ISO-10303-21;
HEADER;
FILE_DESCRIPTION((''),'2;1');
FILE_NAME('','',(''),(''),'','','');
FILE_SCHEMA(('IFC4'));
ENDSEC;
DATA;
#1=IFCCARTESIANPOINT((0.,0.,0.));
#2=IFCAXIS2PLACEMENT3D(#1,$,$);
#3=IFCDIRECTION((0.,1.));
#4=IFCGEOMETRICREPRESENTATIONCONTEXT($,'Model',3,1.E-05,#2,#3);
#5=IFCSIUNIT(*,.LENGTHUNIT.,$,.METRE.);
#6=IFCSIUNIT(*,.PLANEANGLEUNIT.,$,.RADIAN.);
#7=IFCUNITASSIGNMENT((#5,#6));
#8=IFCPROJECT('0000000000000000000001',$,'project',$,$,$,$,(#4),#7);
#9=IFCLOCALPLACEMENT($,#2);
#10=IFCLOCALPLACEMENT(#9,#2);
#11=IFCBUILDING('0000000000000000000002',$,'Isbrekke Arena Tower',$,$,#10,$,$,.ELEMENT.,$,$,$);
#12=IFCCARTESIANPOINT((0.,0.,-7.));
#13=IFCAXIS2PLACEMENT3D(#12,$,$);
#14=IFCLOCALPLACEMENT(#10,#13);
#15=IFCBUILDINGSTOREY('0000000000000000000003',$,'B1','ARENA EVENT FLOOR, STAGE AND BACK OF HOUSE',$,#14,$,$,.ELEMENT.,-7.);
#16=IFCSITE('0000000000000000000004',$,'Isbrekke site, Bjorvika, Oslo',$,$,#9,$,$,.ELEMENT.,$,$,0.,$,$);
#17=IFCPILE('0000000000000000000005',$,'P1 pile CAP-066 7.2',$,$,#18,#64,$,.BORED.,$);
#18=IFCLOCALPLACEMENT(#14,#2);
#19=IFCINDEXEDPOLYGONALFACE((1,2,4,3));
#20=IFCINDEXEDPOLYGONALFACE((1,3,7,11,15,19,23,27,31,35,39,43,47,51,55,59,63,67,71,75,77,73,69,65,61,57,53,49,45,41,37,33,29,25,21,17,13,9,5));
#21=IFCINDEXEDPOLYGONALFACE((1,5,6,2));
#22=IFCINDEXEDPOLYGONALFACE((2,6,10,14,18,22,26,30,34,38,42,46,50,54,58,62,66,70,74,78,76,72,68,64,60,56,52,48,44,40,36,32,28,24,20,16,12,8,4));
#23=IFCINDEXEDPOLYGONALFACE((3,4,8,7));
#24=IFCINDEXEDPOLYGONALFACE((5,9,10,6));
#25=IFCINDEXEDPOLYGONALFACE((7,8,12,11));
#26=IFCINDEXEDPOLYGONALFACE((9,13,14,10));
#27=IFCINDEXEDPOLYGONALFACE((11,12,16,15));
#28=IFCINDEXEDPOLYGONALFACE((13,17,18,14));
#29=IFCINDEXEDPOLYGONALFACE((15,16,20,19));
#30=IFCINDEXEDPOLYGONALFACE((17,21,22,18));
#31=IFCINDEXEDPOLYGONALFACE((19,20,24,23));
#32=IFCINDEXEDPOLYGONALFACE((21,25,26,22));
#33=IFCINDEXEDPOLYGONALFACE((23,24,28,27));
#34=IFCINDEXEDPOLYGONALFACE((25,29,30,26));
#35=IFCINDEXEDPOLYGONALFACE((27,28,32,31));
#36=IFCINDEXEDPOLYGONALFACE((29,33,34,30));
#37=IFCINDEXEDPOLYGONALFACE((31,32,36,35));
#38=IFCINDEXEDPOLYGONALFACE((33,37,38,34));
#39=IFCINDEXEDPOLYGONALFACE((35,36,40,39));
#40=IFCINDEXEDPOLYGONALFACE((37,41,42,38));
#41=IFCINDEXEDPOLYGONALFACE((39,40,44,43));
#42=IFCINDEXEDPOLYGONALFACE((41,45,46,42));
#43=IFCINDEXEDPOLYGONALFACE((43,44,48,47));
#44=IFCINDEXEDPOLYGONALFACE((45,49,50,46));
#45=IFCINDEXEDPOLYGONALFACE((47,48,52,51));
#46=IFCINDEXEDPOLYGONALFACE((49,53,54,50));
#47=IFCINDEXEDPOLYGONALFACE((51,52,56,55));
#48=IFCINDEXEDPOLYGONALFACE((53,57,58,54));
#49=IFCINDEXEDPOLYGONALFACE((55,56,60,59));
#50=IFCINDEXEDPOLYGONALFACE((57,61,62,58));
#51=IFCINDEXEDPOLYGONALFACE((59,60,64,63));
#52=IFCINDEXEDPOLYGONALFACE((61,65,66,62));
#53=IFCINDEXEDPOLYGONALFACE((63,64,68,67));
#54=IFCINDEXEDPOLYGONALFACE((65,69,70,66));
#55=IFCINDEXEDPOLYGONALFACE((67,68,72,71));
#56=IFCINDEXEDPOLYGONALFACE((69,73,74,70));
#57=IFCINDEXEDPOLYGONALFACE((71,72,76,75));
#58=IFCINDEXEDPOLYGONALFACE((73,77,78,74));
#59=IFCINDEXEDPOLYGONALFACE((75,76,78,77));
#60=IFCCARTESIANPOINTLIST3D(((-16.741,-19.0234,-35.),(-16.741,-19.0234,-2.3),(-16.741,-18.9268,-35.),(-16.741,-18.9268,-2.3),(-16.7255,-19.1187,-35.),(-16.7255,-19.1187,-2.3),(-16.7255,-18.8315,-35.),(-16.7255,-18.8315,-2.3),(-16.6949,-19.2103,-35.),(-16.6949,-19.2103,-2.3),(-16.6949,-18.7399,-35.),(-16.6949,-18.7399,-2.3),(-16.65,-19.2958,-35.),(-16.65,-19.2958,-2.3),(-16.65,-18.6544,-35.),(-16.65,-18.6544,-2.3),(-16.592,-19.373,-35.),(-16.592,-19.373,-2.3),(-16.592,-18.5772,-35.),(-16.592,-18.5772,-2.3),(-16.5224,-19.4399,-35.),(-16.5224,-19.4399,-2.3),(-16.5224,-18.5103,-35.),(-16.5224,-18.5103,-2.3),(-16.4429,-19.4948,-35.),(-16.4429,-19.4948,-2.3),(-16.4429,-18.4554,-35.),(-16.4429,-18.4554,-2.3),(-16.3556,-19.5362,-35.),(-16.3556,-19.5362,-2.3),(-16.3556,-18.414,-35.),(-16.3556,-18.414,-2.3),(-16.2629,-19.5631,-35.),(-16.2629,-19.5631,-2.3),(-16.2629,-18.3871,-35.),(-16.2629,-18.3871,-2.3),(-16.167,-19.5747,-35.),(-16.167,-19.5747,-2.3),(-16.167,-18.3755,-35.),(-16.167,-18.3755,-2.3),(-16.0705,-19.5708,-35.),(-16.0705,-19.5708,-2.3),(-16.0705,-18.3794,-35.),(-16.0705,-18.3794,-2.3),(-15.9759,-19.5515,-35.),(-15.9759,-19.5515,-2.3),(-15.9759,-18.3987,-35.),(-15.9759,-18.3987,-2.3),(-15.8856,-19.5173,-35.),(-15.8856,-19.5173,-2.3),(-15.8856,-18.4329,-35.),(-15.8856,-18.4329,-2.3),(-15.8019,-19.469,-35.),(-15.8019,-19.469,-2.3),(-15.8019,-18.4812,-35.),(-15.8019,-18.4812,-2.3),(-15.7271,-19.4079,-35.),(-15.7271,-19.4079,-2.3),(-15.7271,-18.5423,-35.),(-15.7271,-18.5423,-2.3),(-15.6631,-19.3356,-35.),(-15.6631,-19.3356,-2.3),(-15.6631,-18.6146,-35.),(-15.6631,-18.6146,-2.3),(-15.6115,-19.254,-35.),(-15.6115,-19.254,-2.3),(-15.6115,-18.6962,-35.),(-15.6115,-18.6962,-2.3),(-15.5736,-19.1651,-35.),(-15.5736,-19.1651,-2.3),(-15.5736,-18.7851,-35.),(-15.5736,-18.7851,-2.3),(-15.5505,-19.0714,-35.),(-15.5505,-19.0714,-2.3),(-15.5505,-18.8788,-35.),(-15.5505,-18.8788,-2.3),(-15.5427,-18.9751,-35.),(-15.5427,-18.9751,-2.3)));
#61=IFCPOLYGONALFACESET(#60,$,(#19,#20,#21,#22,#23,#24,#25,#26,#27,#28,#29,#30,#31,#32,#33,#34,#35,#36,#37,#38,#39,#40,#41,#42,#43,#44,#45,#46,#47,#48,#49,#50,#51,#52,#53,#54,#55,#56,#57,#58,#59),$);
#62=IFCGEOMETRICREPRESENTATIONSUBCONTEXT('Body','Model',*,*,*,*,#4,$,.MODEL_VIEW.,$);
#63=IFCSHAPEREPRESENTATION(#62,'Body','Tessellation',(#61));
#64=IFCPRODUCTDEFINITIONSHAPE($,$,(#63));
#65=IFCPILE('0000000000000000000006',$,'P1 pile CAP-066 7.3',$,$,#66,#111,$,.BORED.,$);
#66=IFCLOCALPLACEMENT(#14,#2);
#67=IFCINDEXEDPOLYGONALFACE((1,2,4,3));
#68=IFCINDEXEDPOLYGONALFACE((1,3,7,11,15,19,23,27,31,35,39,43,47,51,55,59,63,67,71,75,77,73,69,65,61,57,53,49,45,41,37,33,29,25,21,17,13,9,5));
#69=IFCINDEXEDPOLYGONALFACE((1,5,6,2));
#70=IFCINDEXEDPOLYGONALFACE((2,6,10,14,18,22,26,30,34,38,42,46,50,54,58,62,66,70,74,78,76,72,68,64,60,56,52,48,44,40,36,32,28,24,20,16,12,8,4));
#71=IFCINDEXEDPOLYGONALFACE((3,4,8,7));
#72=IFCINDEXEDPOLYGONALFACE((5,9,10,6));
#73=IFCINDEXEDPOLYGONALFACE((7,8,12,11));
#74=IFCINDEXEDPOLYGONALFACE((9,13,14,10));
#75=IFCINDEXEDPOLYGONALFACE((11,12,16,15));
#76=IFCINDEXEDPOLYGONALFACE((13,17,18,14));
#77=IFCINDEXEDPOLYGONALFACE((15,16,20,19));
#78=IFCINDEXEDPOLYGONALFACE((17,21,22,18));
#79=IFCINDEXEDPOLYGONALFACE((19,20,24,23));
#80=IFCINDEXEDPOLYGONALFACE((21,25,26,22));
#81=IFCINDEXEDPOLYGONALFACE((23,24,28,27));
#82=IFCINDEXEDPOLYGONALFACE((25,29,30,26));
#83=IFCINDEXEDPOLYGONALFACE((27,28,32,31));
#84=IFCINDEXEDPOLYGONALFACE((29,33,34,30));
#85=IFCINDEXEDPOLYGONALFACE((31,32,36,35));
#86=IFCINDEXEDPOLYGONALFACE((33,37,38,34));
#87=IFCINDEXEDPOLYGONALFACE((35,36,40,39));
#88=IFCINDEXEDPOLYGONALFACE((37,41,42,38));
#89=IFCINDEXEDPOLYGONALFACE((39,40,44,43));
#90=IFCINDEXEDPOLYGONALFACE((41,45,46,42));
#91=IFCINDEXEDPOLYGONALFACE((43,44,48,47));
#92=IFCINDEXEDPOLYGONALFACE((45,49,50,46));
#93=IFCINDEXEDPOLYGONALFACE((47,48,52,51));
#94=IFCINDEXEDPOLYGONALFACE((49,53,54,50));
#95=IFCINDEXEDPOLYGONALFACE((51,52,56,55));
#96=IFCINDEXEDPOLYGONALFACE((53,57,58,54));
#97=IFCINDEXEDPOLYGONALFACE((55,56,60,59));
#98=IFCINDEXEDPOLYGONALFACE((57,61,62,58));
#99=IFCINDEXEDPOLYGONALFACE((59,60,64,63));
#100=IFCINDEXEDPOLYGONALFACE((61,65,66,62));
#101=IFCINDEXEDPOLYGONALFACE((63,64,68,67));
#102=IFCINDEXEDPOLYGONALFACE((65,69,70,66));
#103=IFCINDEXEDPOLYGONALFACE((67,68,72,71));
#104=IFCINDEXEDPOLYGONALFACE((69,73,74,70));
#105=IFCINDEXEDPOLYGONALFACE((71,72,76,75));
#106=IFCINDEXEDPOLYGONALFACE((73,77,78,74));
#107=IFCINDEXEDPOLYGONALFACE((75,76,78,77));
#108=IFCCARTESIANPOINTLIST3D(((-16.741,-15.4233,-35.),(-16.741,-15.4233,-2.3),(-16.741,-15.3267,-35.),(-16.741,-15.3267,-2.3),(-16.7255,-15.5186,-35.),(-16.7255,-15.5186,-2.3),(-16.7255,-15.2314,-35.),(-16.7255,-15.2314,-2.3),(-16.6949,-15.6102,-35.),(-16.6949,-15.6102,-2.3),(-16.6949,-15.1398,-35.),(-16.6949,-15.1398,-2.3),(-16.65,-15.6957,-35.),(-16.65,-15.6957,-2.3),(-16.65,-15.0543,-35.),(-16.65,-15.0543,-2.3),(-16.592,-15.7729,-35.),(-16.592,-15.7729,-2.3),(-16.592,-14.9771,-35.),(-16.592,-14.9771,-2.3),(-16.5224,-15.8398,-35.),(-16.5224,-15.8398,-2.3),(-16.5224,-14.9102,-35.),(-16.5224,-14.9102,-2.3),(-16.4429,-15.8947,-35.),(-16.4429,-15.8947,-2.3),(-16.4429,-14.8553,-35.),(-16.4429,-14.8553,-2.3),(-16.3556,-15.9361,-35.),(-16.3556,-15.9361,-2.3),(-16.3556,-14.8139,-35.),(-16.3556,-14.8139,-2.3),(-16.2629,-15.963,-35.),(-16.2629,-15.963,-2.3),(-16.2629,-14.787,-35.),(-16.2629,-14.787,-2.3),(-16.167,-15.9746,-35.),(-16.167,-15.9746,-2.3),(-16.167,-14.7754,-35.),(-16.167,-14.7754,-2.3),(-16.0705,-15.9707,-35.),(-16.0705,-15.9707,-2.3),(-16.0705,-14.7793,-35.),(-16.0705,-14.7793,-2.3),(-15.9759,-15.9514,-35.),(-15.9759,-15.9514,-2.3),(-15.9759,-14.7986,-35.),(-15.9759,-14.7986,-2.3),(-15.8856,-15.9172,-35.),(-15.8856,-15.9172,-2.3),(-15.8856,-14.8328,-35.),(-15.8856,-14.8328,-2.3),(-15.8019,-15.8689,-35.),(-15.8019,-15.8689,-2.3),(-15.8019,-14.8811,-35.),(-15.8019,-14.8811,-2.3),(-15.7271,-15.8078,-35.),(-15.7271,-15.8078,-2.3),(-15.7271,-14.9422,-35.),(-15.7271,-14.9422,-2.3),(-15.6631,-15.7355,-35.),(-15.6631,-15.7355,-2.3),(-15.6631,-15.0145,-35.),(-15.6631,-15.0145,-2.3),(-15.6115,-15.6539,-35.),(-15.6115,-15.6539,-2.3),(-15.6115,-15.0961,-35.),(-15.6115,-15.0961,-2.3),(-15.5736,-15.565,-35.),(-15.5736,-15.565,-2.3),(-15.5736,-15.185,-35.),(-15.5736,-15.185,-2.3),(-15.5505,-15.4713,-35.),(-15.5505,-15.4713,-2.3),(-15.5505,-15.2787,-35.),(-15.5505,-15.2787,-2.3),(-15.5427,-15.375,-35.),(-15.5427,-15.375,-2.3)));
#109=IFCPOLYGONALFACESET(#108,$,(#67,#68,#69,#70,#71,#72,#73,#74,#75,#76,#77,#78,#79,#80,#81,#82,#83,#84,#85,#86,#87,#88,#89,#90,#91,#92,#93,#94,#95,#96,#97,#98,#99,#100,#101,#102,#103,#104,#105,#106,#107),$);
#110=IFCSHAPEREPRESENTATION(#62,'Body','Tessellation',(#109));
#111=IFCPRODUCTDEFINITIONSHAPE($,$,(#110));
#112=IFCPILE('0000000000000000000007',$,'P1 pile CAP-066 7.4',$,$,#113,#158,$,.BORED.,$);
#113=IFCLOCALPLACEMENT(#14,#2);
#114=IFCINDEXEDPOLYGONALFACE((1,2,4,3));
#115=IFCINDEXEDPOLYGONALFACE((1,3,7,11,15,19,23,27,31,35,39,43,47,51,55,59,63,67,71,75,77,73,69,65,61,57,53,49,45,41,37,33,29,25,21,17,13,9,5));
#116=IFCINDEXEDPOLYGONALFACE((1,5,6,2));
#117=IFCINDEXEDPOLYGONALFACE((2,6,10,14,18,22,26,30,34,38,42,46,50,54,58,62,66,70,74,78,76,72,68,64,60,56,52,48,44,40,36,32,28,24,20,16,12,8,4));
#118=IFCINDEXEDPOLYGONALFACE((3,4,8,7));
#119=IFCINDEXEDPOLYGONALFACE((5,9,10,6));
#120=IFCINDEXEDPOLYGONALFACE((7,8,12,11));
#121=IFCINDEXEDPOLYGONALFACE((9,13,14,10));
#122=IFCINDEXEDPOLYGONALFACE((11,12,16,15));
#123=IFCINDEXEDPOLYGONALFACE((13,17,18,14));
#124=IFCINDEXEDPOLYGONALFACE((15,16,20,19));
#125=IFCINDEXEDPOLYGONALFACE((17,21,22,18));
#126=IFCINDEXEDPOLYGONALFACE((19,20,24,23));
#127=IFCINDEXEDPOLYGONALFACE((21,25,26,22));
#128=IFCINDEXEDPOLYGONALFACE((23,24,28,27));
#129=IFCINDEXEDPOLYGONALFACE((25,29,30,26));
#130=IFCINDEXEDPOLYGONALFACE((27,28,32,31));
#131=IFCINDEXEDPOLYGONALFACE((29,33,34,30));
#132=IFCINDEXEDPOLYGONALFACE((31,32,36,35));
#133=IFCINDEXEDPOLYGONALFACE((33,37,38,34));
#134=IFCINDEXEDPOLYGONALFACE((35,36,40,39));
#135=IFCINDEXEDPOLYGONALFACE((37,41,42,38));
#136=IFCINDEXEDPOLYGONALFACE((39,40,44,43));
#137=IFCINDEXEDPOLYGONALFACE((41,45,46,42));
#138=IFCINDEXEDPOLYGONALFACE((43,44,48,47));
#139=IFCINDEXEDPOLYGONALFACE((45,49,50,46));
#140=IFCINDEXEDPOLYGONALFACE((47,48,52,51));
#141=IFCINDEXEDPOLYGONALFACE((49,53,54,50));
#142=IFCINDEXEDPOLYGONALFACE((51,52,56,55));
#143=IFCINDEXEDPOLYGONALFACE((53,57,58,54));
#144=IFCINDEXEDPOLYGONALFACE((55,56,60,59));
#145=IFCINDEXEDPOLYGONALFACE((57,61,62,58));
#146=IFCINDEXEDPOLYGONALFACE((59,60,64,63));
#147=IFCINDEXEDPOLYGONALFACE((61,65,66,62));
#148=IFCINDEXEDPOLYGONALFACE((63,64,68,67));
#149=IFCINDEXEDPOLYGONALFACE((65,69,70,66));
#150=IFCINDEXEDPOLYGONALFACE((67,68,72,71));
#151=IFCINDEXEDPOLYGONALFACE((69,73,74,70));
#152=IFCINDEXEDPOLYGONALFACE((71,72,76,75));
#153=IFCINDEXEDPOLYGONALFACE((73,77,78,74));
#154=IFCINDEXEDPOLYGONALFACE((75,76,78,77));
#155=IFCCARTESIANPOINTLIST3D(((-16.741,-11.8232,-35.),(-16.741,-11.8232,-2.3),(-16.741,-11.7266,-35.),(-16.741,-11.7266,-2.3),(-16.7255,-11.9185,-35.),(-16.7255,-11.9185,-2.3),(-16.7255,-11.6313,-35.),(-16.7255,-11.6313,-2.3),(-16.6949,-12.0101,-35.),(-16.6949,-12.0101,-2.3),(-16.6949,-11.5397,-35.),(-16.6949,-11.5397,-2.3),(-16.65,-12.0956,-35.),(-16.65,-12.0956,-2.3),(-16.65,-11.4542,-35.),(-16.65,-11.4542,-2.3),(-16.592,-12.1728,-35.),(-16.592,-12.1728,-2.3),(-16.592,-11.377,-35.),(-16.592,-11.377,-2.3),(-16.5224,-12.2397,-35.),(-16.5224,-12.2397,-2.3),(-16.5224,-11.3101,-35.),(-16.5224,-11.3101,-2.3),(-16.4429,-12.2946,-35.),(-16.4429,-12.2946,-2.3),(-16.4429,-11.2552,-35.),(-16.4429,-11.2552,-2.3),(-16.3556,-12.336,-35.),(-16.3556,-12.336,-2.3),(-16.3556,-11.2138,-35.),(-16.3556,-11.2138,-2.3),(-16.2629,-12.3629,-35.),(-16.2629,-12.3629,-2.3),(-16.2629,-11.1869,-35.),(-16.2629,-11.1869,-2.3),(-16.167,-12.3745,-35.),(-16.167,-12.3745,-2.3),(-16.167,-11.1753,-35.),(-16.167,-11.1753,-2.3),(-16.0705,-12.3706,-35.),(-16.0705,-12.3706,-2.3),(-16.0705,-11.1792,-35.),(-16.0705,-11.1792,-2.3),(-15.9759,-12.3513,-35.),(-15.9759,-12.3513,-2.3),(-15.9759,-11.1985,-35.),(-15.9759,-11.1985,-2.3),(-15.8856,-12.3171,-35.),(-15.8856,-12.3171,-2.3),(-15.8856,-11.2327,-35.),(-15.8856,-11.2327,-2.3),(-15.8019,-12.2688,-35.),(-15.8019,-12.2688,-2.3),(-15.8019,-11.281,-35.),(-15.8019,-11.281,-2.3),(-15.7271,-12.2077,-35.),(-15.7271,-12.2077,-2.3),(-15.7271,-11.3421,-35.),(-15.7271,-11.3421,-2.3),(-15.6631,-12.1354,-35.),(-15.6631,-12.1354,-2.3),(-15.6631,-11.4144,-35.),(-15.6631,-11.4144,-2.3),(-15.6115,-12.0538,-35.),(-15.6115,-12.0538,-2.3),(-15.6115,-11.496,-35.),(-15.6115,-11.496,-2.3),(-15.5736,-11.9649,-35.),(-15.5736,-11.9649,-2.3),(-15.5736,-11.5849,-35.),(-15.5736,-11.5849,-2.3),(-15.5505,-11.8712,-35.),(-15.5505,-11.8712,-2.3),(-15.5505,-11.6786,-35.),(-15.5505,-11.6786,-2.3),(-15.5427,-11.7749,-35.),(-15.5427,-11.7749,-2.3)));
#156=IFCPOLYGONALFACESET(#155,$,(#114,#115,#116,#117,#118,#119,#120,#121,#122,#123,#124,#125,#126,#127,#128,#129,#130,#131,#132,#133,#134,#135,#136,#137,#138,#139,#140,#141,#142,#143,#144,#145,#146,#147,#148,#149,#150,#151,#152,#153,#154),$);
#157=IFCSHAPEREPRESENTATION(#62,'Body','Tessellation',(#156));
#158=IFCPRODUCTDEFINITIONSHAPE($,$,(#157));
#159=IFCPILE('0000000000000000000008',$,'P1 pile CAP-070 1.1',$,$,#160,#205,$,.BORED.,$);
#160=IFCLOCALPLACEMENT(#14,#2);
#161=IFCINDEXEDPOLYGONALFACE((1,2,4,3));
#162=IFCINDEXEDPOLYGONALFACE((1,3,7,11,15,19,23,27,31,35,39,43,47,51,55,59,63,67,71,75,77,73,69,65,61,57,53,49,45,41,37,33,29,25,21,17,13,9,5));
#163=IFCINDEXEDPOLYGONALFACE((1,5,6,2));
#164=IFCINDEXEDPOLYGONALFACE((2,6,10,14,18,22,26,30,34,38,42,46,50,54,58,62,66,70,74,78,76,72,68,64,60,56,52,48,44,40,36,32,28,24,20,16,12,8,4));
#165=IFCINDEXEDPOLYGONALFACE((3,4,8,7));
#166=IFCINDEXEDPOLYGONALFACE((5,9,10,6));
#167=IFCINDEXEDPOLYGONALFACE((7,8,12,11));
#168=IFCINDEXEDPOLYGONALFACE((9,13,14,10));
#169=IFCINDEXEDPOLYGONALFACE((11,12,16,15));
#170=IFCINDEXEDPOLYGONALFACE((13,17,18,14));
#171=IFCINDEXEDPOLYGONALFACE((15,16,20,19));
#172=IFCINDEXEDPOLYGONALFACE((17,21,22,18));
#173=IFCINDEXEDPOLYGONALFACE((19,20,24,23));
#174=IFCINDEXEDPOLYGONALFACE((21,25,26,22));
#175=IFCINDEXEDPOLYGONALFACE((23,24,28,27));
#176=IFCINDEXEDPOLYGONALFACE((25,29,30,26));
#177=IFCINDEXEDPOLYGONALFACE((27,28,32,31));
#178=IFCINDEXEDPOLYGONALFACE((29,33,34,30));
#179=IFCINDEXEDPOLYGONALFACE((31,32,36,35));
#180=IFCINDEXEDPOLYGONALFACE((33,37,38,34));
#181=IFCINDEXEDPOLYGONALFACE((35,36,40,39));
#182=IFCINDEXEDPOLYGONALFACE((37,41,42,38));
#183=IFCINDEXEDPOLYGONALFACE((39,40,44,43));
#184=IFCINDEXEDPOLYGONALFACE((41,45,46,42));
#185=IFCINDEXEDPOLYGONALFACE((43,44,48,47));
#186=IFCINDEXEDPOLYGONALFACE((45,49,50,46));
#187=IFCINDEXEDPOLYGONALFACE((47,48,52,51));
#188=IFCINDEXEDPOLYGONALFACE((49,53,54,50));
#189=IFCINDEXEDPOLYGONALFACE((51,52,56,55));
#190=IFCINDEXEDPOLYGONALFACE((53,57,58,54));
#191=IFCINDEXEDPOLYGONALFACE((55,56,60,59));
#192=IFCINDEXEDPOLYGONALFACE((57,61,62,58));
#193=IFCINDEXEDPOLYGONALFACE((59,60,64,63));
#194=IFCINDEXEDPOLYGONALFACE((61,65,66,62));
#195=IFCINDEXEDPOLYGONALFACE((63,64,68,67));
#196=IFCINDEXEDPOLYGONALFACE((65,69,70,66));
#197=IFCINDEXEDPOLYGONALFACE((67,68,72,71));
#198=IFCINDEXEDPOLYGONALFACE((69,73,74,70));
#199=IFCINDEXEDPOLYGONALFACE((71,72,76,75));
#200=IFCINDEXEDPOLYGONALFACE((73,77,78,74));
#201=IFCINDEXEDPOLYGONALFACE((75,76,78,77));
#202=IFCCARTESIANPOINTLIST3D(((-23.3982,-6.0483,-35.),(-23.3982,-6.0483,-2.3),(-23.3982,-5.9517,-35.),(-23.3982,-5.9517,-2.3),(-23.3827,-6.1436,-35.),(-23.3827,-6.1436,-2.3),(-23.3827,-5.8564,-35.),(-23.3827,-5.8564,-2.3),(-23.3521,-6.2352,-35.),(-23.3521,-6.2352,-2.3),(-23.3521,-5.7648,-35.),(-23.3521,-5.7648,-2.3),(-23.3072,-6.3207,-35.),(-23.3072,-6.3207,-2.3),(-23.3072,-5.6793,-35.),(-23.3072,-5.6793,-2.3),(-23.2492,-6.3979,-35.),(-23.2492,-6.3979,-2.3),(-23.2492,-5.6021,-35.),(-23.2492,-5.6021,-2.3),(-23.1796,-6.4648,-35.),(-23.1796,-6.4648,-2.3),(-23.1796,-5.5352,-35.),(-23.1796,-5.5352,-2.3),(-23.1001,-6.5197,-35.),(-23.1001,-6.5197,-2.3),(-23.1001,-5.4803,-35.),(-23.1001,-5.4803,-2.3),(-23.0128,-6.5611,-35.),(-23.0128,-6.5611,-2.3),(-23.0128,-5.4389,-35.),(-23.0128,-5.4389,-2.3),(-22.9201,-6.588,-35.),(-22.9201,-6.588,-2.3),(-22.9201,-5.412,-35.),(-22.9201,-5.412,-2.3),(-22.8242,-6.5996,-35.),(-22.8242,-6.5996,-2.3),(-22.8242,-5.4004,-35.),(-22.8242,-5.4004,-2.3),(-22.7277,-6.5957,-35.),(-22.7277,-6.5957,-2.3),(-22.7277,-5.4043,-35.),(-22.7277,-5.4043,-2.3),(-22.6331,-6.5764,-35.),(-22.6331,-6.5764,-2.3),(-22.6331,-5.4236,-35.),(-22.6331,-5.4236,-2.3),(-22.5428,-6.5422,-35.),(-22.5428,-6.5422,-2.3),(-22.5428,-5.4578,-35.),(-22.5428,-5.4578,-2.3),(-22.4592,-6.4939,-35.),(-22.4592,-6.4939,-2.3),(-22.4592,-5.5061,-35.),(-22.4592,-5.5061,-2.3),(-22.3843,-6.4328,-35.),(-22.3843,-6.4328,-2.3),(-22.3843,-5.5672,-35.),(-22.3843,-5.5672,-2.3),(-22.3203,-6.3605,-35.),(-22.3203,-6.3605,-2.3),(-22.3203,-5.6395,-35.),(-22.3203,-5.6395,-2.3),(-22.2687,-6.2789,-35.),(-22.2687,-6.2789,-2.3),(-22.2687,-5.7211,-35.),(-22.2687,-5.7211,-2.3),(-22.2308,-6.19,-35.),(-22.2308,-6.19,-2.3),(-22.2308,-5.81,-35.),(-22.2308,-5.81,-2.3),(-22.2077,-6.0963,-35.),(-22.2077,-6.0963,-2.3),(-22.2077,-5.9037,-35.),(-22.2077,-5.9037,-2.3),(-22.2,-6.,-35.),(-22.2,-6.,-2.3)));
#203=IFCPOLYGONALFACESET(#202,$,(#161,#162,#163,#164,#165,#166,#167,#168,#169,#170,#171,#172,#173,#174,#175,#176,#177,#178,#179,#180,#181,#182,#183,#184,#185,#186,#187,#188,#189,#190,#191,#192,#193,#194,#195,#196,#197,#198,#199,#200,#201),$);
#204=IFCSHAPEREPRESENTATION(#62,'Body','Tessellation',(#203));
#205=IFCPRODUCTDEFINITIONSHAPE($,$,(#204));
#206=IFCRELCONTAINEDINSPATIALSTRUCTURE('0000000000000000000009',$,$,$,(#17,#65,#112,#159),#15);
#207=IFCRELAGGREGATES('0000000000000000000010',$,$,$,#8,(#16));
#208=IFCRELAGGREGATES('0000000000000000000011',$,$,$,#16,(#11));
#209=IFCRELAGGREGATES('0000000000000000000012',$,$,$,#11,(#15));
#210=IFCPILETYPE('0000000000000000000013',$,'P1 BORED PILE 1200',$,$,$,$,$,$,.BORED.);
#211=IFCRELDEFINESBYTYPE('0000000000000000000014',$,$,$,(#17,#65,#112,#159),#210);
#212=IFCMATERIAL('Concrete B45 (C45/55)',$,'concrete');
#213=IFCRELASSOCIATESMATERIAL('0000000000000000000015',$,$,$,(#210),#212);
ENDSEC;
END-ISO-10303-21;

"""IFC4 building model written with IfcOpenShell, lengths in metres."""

from ifc_helpers import new_model, si_unit, direction, frame, origin, origin_2d, place, context, subcontext, project, spatial, circle, extrude, material, material_profile, profile_set, type_object, element, save


model = new_model("IFC4")

# Units and contexts
model_context = context("Model", 3, precision=1e-05, world=origin(), true_north=direction((0.0, 1.0)))
body_context = subcontext(model_context, "Body", "Model", "MODEL_VIEW")
ifc_project = project(units=[si_unit("LENGTHUNIT", "METRE"), si_unit("PLANEANGLEUNIT", "RADIAN")], contexts=[model_context])

# Site, building, storey
site_placement = place(None, origin())
site = spatial("IfcSite", under=ifc_project, at=site_placement, Name="Isbrekke site, Bjorvika, Oslo", CompositionType="ELEMENT", RefElevation=0.0)
building_placement = place(site_placement, origin())
building = spatial("IfcBuilding", under=site, at=building_placement, Name="Isbrekke Arena Tower", CompositionType="ELEMENT")
storey_placement = place(building_placement, frame((0.0, 0.0, -7.0)))
storey = spatial("IfcBuildingStorey", under=building, at=storey_placement, Name="B1", Description="ARENA EVENT FLOOR, STAGE AND BACK OF HOUSE", CompositionType="ELEMENT", Elevation=-7.0)

# Piles
ifc_material_1 = material(Name="Concrete B45 (C45/55)", Category="concrete")
ifc_material_profile_1 = material_profile(ifc_material_1, circle(Radius=0.6001, at=origin_2d()), Name="BORED PILE D1200")
ifc_profile_set_1 = profile_set([ifc_material_profile_1], Name="Concrete B45 (C45/55)")
pile_type = type_object("IfcPileType", Name="P1 BORED PILE 1200", PredefinedType="BORED", material=ifc_profile_set_1)
for number, where, z_axis, x_axis, name in (
    (1, (-16.1428, -18.9751, -2.3), (0.0, 0.0, -1.0), (1.0, 0.0, 0.0), "P1 pile CAP-066 7.2"),
    (2, (-16.1428, -15.375, -2.3), (0.0, 0.0, -1.0), (1.0, 0.0, 0.0), "P1 pile CAP-066 7.3"),
    (3, (-16.1428, -11.7749, -2.3), (0.0, 0.0, -1.0), (1.0, 0.0, 0.0), "P1 pile CAP-066 7.4"),
    (4, (-22.8, -6.0, -2.3), (0.0, 0.0, -1.0), (1.0, 0.0, 0.0), "P1 pile CAP-070 1.1"),
):
    element("IfcPile", number, at=place(storey_placement, frame(where, z_axis=z_axis, x_axis=x_axis)), inside=storey, type_object=pile_type, Name=name, PredefinedType="BORED", context=body_context, shape_type="SweptSolid", body=[
        extrude(circle(Radius=0.6001, at=origin_2d()), origin(), (0.0, 0.0, 1.0), 32.7),
    ])

save(model, "model.ifc")
